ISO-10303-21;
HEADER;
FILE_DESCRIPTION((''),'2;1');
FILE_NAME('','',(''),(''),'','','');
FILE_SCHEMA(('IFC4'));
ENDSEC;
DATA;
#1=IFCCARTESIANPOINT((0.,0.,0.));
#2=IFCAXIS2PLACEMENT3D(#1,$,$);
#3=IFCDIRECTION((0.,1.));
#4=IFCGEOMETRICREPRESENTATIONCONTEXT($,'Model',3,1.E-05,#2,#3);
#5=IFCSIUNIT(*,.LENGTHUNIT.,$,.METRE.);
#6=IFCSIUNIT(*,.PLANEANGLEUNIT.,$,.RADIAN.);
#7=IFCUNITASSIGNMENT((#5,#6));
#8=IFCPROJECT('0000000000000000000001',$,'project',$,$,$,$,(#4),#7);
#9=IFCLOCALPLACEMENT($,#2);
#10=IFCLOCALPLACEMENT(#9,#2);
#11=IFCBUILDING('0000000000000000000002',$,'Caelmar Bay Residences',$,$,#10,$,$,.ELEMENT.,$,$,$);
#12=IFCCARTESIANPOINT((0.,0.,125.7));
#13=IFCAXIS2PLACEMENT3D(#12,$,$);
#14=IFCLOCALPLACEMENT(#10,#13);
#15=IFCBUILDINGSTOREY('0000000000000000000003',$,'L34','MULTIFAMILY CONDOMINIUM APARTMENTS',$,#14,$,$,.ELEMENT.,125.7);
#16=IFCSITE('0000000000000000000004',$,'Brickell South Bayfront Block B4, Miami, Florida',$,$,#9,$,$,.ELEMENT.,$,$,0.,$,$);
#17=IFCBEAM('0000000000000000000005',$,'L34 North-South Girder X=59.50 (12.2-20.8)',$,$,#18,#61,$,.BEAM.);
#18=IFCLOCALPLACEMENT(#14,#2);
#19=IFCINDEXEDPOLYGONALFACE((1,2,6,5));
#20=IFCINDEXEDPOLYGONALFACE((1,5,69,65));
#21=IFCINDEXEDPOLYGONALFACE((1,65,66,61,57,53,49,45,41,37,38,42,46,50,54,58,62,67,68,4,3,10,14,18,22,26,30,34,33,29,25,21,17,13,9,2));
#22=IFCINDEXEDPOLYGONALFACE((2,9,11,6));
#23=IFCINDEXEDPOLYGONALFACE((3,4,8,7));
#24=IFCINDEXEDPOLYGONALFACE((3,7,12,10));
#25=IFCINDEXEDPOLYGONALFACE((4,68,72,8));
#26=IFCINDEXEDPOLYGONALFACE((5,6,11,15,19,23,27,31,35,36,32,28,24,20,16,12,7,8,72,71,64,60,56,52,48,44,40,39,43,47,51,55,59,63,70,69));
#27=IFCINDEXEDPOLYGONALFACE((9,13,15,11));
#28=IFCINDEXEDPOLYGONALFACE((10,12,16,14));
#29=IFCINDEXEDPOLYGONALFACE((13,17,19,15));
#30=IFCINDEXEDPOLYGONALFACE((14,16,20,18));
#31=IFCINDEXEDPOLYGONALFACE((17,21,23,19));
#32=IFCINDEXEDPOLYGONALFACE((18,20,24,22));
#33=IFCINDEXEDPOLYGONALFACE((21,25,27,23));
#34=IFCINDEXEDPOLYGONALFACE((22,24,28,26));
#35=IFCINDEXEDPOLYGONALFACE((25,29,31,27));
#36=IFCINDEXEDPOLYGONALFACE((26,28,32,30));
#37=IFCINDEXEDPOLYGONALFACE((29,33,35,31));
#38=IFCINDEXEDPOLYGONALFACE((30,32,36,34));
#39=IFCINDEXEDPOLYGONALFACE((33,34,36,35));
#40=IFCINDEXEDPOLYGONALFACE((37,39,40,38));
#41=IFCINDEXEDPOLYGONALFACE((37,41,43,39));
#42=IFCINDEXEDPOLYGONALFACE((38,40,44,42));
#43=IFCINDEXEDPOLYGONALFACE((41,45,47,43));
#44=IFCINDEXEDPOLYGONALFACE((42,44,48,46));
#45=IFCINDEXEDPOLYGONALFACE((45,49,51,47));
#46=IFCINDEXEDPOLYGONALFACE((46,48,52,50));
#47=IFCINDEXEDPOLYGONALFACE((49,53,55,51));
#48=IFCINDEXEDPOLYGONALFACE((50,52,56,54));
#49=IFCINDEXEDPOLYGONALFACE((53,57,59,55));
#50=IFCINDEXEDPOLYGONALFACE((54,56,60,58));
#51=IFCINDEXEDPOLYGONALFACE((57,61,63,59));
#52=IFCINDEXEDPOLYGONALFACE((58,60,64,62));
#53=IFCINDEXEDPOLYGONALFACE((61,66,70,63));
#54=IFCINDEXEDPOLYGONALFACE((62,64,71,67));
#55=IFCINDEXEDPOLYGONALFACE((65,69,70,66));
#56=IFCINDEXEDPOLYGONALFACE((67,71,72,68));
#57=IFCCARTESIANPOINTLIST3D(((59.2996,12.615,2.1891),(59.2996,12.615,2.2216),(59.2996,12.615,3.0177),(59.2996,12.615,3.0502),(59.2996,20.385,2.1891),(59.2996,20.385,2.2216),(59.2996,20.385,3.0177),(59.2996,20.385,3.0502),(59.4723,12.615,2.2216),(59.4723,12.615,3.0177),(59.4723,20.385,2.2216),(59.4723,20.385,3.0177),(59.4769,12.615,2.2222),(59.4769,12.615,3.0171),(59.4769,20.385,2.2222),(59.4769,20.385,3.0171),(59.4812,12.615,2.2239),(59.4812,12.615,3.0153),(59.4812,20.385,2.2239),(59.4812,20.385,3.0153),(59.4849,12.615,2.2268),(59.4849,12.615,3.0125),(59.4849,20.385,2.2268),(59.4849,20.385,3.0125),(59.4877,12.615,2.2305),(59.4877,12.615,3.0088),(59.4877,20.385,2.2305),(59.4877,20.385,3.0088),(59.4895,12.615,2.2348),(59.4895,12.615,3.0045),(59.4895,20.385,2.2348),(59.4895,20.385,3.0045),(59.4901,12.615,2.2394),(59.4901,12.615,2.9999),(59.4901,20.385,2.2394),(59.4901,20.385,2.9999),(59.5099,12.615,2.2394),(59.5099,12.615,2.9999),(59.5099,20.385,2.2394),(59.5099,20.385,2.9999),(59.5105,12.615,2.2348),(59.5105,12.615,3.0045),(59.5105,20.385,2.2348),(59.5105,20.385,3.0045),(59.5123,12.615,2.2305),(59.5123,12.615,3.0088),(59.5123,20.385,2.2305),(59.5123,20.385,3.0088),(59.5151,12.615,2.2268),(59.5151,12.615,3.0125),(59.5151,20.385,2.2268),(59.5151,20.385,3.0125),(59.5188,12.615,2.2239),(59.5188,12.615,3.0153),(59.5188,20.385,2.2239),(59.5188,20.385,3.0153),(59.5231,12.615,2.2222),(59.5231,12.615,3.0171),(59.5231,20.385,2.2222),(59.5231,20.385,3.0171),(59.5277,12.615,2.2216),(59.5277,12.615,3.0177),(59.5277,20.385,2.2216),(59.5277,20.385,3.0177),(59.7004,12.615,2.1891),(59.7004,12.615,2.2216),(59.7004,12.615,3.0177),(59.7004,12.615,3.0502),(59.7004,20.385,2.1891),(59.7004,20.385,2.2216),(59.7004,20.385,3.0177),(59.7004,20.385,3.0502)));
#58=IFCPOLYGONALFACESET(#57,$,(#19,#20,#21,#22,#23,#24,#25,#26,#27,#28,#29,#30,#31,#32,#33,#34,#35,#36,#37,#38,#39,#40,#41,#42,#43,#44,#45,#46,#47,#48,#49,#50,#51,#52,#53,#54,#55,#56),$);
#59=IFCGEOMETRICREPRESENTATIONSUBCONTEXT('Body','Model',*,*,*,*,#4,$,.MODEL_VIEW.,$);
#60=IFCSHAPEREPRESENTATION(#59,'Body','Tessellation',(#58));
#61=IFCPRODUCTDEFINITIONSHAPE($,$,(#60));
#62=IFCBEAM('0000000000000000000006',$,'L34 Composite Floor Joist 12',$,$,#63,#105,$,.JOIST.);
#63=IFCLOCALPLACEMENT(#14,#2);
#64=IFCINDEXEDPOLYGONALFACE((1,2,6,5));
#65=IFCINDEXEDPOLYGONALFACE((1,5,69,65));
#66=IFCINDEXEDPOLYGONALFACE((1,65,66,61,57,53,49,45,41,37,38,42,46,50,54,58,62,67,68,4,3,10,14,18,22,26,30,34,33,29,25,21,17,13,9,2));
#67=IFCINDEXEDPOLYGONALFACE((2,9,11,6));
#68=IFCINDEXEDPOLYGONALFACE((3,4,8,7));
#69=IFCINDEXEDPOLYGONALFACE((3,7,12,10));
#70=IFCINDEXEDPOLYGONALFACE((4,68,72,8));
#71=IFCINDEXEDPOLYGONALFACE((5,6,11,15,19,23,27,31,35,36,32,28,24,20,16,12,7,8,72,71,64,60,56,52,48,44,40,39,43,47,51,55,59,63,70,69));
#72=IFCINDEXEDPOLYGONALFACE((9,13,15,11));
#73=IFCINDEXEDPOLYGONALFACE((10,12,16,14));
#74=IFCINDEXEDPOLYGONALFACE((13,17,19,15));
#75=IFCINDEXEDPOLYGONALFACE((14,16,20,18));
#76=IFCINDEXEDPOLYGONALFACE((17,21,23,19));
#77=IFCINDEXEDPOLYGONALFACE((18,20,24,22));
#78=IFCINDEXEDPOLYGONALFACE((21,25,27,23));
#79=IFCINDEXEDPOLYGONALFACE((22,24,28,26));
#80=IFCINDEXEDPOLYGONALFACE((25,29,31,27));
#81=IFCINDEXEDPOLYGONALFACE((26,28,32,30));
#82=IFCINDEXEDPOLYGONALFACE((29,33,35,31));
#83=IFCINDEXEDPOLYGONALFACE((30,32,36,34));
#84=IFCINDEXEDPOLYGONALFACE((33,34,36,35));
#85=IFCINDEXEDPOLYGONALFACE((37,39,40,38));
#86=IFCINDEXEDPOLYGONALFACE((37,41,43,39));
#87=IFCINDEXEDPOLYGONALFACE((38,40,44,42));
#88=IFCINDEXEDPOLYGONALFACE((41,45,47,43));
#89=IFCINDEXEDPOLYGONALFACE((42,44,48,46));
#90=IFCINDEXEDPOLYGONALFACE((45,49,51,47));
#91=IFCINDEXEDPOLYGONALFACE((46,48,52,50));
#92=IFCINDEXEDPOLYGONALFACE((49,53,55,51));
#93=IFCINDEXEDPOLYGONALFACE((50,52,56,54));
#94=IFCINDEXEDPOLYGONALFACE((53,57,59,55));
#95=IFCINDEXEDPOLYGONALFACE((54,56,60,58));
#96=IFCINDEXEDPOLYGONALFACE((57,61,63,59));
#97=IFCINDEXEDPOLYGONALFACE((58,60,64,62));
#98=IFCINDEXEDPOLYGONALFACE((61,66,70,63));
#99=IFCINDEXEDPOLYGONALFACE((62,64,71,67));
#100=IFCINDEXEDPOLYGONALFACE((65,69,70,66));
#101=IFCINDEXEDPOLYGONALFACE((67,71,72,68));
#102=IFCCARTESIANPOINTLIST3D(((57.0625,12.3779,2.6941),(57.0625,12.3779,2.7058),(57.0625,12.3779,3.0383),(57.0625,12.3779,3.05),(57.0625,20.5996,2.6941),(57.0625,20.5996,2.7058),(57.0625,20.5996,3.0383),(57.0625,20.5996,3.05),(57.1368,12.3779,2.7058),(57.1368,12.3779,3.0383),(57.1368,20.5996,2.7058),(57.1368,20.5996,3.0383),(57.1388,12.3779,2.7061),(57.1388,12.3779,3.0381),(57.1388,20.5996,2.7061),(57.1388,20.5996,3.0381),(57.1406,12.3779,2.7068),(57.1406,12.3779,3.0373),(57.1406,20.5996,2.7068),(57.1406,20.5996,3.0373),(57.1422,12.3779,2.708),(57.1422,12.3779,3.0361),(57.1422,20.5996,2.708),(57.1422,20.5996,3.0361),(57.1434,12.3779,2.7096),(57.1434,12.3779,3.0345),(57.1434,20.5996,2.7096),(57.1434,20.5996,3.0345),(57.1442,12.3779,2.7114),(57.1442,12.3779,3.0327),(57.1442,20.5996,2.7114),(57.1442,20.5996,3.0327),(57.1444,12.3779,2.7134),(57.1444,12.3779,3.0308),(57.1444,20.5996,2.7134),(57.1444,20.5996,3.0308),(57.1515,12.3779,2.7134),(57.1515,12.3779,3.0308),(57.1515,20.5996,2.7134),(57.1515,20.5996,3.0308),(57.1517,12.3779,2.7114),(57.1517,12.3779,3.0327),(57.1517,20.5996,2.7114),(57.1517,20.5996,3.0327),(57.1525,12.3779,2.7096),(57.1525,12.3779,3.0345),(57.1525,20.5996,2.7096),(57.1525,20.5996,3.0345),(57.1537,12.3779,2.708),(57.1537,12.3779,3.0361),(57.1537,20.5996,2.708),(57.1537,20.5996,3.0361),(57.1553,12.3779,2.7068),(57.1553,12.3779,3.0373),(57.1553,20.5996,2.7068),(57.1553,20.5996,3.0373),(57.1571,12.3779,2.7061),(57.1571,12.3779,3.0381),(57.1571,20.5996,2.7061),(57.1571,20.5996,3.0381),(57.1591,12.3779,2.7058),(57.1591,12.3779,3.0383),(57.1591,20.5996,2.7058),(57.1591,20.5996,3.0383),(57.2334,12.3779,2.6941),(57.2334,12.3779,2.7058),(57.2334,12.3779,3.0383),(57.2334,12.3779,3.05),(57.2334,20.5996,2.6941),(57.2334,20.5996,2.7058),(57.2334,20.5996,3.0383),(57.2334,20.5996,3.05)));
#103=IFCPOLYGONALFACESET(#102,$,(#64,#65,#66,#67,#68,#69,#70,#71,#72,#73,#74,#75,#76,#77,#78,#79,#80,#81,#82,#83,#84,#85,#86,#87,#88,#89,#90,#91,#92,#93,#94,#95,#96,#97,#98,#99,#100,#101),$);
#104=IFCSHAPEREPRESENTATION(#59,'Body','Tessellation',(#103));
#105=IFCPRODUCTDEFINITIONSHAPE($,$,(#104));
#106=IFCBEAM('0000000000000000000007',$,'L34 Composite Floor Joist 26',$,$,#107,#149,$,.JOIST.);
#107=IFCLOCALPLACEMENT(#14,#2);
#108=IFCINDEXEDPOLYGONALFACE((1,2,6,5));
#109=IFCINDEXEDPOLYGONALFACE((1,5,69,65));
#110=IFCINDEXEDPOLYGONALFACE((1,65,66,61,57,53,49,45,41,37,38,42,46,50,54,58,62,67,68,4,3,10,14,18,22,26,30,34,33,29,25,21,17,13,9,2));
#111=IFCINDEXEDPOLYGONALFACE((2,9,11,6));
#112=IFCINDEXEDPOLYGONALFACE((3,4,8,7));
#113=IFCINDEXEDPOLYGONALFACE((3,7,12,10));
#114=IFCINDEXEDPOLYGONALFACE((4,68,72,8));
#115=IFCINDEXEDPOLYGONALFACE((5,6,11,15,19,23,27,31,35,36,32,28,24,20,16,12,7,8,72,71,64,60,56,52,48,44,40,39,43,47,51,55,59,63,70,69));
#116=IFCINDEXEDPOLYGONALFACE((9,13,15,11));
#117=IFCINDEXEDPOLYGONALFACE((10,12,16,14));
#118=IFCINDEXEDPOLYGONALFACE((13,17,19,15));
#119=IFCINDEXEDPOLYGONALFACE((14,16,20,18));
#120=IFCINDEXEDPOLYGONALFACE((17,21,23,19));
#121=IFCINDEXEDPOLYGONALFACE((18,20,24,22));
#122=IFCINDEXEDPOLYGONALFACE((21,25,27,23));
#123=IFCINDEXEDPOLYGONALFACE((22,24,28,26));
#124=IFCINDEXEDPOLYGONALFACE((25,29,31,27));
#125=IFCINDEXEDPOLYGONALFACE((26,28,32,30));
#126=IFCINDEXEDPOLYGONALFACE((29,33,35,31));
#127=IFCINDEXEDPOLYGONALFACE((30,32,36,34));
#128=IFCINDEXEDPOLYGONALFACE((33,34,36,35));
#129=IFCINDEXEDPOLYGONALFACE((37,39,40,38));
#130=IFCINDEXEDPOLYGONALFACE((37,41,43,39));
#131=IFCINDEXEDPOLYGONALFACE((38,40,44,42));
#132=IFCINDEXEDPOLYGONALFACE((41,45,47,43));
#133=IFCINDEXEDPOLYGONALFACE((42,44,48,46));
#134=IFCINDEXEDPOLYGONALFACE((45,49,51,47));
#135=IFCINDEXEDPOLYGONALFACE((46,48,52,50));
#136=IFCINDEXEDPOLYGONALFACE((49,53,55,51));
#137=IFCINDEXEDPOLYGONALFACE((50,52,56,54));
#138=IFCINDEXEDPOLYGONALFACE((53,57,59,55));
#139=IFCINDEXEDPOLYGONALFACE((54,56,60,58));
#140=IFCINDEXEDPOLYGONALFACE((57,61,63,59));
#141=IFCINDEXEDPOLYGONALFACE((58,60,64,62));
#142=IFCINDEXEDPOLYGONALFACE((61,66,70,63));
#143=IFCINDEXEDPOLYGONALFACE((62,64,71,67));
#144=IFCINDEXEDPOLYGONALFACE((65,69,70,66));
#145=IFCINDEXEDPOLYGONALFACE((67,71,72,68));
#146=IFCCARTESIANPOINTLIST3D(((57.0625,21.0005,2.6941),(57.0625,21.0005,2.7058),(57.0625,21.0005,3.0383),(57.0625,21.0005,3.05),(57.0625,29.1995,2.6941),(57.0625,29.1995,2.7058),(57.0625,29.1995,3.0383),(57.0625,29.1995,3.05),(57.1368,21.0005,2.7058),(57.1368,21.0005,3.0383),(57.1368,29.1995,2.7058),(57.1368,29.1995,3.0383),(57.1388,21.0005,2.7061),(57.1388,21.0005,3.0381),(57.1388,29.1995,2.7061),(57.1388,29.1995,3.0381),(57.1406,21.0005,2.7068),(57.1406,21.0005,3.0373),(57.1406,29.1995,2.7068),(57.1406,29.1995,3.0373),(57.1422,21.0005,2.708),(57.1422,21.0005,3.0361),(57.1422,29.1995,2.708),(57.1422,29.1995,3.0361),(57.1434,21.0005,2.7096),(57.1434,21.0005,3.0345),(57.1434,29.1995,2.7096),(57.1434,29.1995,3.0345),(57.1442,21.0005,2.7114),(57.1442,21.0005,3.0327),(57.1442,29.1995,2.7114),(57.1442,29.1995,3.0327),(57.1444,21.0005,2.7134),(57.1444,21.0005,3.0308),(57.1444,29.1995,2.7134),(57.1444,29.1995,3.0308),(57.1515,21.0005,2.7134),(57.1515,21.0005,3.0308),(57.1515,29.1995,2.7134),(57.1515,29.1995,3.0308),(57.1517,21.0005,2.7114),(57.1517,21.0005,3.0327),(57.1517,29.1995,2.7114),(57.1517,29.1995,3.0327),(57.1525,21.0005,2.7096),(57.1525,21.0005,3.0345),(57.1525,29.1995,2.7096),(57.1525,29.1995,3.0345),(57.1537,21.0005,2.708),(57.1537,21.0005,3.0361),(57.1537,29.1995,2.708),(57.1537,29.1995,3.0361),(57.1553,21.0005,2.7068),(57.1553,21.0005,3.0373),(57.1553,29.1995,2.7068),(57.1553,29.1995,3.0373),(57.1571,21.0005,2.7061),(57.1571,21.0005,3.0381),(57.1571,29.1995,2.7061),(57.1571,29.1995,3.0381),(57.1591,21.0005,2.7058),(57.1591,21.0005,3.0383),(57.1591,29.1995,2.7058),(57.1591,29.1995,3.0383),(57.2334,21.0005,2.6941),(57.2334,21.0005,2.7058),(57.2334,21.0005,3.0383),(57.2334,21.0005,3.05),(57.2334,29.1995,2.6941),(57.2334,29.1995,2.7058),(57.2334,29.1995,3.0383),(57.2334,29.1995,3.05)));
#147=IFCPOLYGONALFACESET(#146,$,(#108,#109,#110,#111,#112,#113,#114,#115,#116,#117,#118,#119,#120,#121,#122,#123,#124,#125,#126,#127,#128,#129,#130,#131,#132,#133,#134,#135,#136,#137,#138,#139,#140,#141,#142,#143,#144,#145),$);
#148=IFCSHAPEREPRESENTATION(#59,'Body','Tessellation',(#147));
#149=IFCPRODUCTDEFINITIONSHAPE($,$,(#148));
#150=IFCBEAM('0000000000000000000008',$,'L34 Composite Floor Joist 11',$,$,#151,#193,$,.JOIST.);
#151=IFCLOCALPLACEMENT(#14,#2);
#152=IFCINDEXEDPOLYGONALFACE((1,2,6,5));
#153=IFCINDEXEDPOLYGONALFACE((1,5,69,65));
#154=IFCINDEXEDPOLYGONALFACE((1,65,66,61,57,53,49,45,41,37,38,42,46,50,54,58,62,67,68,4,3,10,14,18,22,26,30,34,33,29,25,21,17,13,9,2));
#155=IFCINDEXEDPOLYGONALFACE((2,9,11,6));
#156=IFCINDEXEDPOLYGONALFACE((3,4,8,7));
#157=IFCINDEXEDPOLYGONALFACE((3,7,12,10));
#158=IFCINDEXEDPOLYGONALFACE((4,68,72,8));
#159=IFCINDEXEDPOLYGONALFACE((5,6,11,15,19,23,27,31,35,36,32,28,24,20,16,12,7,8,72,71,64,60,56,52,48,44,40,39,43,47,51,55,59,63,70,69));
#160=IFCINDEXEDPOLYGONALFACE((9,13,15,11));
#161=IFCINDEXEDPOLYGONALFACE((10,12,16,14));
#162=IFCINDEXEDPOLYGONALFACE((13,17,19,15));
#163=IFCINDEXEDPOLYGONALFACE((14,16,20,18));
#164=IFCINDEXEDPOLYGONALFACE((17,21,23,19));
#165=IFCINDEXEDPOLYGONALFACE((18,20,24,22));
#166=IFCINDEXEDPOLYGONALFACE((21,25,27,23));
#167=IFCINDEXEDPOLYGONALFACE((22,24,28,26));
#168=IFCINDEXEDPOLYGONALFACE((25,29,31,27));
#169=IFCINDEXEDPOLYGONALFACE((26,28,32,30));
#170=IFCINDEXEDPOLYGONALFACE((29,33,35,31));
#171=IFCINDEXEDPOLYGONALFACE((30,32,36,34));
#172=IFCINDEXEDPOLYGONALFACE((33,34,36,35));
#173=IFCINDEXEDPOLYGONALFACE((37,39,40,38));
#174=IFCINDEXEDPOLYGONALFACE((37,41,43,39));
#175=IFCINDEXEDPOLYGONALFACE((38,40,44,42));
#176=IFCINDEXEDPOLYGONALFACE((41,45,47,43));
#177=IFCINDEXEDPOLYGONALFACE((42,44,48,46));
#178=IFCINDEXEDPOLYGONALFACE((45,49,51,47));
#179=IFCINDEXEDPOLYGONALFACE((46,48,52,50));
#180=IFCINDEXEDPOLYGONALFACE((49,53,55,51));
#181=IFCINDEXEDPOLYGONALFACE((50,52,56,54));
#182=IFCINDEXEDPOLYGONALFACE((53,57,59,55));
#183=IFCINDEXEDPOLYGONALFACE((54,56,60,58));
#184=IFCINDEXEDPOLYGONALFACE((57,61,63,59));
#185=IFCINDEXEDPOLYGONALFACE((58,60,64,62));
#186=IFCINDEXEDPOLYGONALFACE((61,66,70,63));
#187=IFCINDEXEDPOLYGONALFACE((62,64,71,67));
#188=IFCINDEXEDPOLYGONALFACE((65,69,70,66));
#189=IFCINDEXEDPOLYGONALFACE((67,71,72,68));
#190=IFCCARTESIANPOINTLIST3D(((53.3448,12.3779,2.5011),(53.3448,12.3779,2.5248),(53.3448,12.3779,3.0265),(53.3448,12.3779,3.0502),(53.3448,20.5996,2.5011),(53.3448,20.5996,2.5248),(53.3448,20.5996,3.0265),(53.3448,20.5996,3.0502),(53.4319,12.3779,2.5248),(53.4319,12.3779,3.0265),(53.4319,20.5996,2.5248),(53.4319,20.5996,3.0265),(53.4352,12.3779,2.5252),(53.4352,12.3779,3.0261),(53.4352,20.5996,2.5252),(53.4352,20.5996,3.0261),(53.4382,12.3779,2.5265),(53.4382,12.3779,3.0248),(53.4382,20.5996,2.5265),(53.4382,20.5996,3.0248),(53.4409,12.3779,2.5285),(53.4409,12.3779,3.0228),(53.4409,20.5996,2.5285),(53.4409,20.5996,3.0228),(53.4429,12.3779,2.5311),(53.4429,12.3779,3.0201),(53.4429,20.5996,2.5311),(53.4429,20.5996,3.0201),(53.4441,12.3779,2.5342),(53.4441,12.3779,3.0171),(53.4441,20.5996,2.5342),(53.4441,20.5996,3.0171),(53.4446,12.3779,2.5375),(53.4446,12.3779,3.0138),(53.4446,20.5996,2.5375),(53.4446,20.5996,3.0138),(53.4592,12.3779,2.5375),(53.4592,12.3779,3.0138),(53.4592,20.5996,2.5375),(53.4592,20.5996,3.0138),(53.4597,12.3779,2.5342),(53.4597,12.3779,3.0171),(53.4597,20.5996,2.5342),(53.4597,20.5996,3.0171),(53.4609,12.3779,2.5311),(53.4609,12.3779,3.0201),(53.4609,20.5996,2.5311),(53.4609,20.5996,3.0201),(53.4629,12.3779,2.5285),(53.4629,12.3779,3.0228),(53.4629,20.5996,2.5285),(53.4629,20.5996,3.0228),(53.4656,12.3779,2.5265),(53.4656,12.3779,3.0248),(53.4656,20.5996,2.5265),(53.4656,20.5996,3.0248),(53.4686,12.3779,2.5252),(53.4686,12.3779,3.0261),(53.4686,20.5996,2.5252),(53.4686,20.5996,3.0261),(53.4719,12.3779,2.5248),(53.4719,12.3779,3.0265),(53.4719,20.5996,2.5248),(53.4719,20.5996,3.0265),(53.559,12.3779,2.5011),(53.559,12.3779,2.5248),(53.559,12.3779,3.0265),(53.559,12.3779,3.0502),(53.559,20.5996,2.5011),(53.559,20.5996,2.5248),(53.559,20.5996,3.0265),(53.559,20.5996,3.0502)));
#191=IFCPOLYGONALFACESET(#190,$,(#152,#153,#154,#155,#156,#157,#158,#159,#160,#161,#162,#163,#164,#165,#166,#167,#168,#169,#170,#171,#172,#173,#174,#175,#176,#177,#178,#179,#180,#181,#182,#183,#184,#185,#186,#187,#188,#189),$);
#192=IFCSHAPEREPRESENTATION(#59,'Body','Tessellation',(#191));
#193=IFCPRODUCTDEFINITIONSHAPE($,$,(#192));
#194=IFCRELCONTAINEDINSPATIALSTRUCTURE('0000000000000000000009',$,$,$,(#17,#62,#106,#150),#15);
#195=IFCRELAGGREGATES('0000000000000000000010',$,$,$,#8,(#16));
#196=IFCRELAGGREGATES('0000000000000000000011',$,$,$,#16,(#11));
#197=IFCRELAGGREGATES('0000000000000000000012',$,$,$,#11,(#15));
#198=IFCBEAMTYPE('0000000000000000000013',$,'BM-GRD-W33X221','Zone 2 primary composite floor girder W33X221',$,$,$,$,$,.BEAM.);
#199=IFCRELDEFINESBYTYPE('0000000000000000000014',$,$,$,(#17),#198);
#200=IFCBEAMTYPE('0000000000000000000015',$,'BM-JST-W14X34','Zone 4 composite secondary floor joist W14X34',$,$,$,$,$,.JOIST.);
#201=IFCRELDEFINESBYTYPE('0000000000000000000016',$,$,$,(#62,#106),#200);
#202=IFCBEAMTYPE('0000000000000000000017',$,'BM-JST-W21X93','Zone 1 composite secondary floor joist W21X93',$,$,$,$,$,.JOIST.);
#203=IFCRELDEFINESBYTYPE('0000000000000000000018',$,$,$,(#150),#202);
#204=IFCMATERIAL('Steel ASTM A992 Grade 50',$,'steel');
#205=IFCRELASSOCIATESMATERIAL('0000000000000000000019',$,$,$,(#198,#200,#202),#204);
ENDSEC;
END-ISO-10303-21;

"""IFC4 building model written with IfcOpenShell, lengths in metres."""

from ifc_helpers import new_model, si_unit, direction, frame, origin, origin_2d, place, context, subcontext, project, spatial, i_section, extrude, material, material_profile, profile_set, type_object, element, save


model = new_model("IFC4")

# Units and contexts
model_context = context("Model", 3, precision=1e-05, world=origin(), true_north=direction((0.0, 1.0)))
body_context = subcontext(model_context, "Body", "Model", "MODEL_VIEW")
ifc_project = project(units=[si_unit("LENGTHUNIT", "METRE"), si_unit("PLANEANGLEUNIT", "RADIAN")], contexts=[model_context])

# Site, building, storey
site_placement = place(None, origin())
site = spatial("IfcSite", under=ifc_project, at=site_placement, Name="Brickell South Bayfront Block B4, Miami, Florida", CompositionType="ELEMENT", RefElevation=0.0)
building_placement = place(site_placement, origin())
building = spatial("IfcBuilding", under=site, at=building_placement, Name="Caelmar Bay Residences", CompositionType="ELEMENT")
storey_placement = place(building_placement, frame((0.0, 0.0, 125.7)))
storey = spatial("IfcBuildingStorey", under=building, at=storey_placement, Name="L34", Description="MULTIFAMILY CONDOMINIUM APARTMENTS", CompositionType="ELEMENT", Elevation=125.7)

# Beams
ifc_material_1 = material(Name="Steel ASTM A992 Grade 50", Category="steel")
ifc_material_profile_1 = material_profile(ifc_material_1, i_section(OverallWidth=0.4009, OverallDepth=0.8611, WebThickness=0.0198, FlangeThickness=0.0325, FilletRadius=0.0178, at=origin_2d()), Name="W33X221")
ifc_profile_set_1 = profile_set([ifc_material_profile_1], Name="Steel ASTM A992 Grade 50")
beam_type_1 = type_object("IfcBeamType", Name="BM-GRD-W33X221", Description="Zone 2 primary composite floor girder W33X221", PredefinedType="BEAM", material=ifc_profile_set_1)
for number, where, z_axis, x_axis, name in (
    (1, (59.5, 12.615, 2.6196), (0.0, 1.0, 0.0), (-1.0, 0.0, 0.0), "L34 North-South Girder X=59.50 (12.2-20.8)"),
):
    element("IfcBeam", number, at=place(storey_placement, frame(where, z_axis=z_axis, x_axis=x_axis)), inside=storey, type_object=beam_type_1, Name=name, PredefinedType="BEAM", context=body_context, shape_type="SweptSolid", body=[
        extrude(i_section(OverallWidth=0.4009, OverallDepth=0.8611, WebThickness=0.0198, FlangeThickness=0.0325, FilletRadius=0.0178, at=origin_2d()), origin(), (0.0, 0.0, 1.0), 7.77),
    ])
ifc_material_profile_2 = material_profile(ifc_material_1, i_section(OverallWidth=0.1709, OverallDepth=0.356, WebThickness=0.0071, FlangeThickness=0.0117, FilletRadius=0.0076, at=origin_2d()), Name="W14X34")
ifc_profile_set_2 = profile_set([ifc_material_profile_2], Name="Steel ASTM A992 Grade 50")
beam_type_2 = type_object("IfcBeamType", Name="BM-JST-W14X34", Description="Zone 4 composite secondary floor joist W14X34", PredefinedType="JOIST", material=ifc_profile_set_2)
beam_1_placement = place(storey_placement, frame((57.1479, 12.3779, 2.8721), z_axis=(0.0, 1.0, 0.0), x_axis=(-1.0, 0.0, 0.0)))
element("IfcBeam", 2, at=beam_1_placement, inside=storey, type_object=beam_type_2, Name="L34 Composite Floor Joist 12", PredefinedType="JOIST", context=body_context, shape_type="SweptSolid", body=[
    extrude(i_section(OverallWidth=0.1709, OverallDepth=0.356, WebThickness=0.0071, FlangeThickness=0.0117, FilletRadius=0.0076, at=origin_2d()), origin(), (0.0, 0.0, 1.0), 8.2217),
])
beam_2_placement = place(storey_placement, frame((57.1479, 21.0005, 2.8721), z_axis=(0.0, 1.0, 0.0), x_axis=(-1.0, 0.0, 0.0)))
element("IfcBeam", 3, at=beam_2_placement, inside=storey, type_object=beam_type_2, Name="L34 Composite Floor Joist 26", PredefinedType="JOIST", context=body_context, shape_type="SweptSolid", body=[
    extrude(i_section(OverallWidth=0.1709, OverallDepth=0.356, WebThickness=0.0071, FlangeThickness=0.0117, FilletRadius=0.0076, at=origin_2d()), origin(), (0.0, 0.0, 1.0), 8.199),
])
ifc_material_profile_3 = material_profile(ifc_material_1, i_section(OverallWidth=0.2141, OverallDepth=0.5491, WebThickness=0.0146, FlangeThickness=0.0237, FilletRadius=0.0127, at=origin_2d()), Name="W21X93")
ifc_profile_set_3 = profile_set([ifc_material_profile_3], Name="Steel ASTM A992 Grade 50")
beam_type_3 = type_object("IfcBeamType", Name="BM-JST-W21X93", Description="Zone 1 composite secondary floor joist W21X93", PredefinedType="JOIST", material=ifc_profile_set_3)
for number, where, z_axis, x_axis, name in (
    (4, (53.4519, 12.3779, 2.7756), (0.0, 1.0, 0.0), (-1.0, 0.0, 0.0), "L34 Composite Floor Joist 11"),
):
    element("IfcBeam", number, at=place(storey_placement, frame(where, z_axis=z_axis, x_axis=x_axis)), inside=storey, type_object=beam_type_3, Name=name, PredefinedType="JOIST", context=body_context, shape_type="SweptSolid", body=[
        extrude(i_section(OverallWidth=0.2141, OverallDepth=0.5491, WebThickness=0.0146, FlangeThickness=0.0237, FilletRadius=0.0127, at=origin_2d()), origin(), (0.0, 0.0, 1.0), 8.2217),
    ])

save(model, "model.ifc")
